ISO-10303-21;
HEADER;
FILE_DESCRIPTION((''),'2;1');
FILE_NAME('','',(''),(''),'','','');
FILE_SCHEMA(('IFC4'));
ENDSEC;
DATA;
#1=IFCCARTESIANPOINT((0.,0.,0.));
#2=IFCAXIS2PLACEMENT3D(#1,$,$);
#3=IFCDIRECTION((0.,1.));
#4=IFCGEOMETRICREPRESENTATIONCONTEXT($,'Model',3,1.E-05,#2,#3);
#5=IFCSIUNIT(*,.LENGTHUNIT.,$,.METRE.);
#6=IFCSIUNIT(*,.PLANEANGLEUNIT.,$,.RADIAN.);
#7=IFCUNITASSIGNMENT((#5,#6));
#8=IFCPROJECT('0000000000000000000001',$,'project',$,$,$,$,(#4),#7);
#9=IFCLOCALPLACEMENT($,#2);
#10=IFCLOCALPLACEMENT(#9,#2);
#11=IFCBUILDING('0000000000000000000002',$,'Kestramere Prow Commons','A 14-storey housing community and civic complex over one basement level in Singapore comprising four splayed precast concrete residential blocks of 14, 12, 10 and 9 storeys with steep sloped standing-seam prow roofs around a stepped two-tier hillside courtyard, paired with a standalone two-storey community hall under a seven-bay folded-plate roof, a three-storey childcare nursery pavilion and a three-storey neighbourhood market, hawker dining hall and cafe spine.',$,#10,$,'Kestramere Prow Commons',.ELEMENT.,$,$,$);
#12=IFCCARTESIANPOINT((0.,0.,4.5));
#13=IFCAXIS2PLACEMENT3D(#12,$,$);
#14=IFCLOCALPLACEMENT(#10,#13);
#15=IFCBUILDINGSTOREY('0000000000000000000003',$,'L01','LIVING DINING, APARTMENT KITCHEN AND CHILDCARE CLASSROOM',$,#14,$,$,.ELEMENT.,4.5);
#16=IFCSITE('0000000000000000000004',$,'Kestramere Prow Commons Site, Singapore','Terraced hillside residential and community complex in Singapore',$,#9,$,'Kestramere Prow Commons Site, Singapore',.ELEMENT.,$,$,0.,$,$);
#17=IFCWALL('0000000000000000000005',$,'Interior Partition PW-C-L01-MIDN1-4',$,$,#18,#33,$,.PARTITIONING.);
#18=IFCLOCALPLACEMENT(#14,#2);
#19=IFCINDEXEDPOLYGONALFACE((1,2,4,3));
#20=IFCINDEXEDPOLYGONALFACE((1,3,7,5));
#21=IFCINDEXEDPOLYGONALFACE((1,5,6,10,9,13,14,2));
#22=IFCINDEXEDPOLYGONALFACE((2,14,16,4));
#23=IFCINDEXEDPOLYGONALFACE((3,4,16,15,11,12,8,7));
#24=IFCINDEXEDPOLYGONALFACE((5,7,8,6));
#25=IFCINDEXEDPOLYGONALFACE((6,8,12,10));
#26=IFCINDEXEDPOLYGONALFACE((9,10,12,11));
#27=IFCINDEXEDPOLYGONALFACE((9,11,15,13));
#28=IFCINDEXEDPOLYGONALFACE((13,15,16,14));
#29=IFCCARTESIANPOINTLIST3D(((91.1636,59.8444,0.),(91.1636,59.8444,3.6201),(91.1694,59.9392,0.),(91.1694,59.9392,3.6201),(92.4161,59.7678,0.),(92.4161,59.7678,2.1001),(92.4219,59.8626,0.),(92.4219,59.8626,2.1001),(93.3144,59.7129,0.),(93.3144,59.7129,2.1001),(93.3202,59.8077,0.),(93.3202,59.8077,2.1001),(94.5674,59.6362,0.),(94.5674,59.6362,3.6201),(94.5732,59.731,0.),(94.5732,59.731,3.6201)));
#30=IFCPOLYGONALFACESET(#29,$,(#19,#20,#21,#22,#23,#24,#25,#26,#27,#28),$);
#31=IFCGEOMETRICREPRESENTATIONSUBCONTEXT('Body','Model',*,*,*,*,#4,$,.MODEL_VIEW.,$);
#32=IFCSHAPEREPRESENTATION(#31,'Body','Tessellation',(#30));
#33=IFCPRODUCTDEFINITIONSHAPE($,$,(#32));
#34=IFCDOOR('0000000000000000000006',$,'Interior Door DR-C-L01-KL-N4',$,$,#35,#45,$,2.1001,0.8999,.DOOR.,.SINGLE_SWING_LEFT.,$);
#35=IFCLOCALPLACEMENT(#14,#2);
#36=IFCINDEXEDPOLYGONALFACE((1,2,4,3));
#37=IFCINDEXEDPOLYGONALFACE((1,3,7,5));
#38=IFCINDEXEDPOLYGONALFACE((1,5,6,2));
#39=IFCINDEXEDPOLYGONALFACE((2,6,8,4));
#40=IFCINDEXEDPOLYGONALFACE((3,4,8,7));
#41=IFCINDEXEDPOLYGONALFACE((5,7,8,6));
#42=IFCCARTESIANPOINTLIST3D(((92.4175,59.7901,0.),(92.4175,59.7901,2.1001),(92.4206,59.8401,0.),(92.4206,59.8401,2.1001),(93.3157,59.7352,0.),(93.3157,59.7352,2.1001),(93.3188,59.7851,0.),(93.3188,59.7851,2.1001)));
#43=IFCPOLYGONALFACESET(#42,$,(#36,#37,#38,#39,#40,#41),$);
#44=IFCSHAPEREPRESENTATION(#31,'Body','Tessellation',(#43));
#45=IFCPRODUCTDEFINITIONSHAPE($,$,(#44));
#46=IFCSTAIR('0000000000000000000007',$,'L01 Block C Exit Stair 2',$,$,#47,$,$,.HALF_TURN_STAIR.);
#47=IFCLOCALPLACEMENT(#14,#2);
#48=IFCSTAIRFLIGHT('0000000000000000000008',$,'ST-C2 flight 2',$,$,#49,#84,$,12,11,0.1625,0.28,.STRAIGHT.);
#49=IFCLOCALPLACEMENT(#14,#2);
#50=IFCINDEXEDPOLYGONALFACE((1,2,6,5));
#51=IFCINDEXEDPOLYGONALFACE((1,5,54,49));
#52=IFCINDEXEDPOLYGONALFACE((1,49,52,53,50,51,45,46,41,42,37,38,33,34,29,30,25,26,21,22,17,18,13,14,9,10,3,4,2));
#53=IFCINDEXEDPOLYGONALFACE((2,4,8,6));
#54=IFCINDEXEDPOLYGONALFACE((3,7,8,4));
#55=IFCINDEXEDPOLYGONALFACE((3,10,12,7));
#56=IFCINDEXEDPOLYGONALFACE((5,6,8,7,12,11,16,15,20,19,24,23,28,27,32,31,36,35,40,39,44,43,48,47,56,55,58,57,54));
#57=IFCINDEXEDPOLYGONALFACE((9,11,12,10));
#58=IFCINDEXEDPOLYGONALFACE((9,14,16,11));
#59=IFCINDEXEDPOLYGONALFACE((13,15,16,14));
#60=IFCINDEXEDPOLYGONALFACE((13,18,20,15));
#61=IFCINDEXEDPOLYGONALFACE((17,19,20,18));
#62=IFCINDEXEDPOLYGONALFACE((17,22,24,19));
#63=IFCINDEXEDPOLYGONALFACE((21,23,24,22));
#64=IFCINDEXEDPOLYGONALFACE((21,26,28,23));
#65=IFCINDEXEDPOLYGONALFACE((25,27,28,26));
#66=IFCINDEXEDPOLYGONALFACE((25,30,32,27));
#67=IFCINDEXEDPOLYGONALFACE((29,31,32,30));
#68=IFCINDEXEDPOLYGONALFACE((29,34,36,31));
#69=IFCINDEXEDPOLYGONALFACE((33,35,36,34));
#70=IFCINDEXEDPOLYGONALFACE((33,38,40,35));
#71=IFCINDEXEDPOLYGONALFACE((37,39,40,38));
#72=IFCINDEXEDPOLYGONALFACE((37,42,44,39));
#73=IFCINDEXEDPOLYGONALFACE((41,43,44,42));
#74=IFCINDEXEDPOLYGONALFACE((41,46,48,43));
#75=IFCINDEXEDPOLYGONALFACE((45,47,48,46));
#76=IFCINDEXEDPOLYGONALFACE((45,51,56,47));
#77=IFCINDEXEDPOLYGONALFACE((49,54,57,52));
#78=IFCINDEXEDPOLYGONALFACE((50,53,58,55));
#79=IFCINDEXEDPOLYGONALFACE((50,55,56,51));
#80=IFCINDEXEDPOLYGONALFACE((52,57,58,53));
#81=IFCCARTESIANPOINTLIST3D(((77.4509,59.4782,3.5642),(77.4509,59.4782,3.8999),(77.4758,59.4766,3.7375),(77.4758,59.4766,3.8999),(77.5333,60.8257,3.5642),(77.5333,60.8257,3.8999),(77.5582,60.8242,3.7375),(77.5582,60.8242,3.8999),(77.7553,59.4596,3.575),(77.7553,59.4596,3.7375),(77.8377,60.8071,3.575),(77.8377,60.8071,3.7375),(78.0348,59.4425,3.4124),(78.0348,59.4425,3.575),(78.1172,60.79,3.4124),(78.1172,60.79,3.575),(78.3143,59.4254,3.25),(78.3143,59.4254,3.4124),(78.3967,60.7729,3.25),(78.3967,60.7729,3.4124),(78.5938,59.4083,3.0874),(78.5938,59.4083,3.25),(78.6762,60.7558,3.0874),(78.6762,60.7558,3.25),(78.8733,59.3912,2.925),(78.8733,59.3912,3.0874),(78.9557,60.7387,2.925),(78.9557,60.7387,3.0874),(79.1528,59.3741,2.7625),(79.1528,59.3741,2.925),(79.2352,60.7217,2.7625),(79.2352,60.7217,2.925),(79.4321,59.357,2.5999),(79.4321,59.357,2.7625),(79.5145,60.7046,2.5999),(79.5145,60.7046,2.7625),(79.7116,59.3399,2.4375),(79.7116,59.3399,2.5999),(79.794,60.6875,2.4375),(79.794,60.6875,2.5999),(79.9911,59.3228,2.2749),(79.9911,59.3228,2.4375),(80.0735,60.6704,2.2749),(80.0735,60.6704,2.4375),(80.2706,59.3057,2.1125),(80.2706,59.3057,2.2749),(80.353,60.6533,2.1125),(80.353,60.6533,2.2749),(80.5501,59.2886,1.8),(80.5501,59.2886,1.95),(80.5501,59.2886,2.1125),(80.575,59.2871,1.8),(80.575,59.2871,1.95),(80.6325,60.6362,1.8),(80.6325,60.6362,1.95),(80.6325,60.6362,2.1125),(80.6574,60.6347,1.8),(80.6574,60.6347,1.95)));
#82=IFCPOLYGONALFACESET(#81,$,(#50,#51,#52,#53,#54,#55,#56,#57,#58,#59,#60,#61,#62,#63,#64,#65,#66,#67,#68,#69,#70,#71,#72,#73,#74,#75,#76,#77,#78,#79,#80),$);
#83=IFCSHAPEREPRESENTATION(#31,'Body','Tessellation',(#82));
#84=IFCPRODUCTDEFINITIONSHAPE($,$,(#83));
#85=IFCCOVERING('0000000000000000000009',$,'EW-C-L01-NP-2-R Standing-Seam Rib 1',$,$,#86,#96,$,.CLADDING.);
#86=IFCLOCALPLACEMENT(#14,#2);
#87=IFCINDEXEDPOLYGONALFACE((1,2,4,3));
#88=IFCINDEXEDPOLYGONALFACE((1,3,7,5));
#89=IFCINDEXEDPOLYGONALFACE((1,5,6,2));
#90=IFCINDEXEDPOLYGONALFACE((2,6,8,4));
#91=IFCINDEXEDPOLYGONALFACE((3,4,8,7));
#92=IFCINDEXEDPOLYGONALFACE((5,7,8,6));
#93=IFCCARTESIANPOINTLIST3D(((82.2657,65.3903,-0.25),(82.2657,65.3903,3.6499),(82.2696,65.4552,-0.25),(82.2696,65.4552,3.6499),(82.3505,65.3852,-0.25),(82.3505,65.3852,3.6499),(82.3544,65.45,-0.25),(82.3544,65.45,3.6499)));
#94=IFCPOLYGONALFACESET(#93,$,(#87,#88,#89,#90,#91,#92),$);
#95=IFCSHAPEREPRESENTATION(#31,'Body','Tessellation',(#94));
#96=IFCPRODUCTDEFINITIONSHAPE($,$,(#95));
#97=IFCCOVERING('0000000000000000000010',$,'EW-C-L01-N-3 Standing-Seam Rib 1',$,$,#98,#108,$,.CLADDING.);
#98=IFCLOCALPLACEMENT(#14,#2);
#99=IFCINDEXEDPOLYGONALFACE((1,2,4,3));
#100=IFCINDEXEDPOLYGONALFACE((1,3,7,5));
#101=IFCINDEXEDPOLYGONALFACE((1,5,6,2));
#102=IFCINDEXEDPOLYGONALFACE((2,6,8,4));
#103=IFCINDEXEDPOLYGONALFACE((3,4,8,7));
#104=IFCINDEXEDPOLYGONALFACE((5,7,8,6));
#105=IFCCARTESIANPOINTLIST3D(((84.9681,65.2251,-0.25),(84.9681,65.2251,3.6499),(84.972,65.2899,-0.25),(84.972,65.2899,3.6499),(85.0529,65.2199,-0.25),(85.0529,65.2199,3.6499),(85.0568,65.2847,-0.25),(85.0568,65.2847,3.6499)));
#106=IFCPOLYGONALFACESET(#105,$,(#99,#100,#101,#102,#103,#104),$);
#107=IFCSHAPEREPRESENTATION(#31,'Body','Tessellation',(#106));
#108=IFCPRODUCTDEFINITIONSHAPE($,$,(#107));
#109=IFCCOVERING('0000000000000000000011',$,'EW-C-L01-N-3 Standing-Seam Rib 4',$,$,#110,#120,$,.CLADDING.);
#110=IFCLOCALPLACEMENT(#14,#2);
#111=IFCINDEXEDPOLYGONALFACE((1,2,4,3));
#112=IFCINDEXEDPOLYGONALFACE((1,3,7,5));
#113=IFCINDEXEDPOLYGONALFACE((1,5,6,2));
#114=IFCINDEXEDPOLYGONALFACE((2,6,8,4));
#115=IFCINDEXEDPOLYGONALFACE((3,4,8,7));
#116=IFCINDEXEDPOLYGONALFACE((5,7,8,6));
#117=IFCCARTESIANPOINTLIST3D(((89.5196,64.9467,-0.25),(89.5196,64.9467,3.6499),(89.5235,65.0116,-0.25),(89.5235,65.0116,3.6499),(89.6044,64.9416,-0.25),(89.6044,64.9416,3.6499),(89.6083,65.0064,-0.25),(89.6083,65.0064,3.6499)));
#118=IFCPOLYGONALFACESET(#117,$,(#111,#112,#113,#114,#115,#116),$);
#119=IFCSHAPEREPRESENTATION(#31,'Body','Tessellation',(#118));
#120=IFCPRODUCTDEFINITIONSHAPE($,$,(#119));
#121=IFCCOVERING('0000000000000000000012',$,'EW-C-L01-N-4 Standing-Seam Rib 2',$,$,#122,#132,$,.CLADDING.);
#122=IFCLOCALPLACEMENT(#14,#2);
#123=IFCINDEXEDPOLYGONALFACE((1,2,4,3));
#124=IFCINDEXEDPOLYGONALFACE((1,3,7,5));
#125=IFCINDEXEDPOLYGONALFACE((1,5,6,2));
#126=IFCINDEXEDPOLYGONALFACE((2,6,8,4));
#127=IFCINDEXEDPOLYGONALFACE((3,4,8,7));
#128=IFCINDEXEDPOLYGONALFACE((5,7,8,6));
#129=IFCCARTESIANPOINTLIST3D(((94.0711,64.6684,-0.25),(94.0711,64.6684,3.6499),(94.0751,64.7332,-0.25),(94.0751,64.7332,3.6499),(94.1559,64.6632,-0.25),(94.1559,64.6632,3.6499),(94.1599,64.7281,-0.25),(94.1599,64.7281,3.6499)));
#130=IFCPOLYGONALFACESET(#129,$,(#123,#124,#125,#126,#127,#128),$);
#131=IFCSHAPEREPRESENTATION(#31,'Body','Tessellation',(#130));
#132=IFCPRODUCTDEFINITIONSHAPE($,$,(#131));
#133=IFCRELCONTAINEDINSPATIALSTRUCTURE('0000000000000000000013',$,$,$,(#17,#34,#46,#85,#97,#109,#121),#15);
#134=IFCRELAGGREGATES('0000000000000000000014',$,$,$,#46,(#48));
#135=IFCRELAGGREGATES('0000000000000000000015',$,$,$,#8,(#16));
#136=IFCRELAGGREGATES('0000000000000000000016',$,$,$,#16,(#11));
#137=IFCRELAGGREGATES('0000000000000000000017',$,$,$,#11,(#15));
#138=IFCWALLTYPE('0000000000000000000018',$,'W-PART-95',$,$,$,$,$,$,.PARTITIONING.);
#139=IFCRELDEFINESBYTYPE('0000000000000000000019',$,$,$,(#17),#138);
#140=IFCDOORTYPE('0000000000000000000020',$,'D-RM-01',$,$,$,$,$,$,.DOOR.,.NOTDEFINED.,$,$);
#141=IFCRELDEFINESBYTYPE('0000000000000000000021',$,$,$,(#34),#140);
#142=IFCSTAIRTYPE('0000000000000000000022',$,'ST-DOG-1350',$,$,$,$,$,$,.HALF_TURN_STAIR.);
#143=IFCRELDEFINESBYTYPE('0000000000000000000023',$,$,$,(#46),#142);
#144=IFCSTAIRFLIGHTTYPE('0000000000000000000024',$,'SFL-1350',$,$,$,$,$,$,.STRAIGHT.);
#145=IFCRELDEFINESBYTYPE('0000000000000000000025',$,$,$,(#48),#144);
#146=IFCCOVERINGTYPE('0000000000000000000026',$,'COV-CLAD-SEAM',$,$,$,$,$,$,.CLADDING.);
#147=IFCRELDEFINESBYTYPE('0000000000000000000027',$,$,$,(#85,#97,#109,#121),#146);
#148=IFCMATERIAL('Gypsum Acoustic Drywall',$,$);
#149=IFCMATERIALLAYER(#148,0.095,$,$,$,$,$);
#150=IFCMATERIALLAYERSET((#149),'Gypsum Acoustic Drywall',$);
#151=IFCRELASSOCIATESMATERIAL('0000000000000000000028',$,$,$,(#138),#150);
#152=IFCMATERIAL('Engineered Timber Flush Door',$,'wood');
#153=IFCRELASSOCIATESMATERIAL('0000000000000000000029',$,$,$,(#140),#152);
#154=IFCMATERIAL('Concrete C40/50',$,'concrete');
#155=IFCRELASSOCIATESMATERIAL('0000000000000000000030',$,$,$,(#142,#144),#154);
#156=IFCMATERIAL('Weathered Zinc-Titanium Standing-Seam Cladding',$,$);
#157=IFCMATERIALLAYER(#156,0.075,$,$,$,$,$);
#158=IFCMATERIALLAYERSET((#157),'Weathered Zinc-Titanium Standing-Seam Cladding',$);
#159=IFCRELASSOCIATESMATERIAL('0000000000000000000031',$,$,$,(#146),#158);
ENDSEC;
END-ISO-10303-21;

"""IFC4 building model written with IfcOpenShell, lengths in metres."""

from ifc_helpers import new_model, si_unit, direction, frame, frame_2d, origin, origin_2d, place, context, subcontext, project, spatial, polyline, rectangle, outline, extrude, material, layer, layer_set, type_object, element, fill, aggregate, save


model = new_model("IFC4")

# Units and contexts
model_context = context("Model", 3, precision=1e-05, world=origin(), true_north=direction((0.0, 1.0)))
body_context = subcontext(model_context, "Body", "Model", "MODEL_VIEW")
ifc_project = project(units=[si_unit("LENGTHUNIT", "METRE"), si_unit("PLANEANGLEUNIT", "RADIAN")], contexts=[model_context])

# Site, building, storey
site_placement = place(None, origin())
site = spatial("IfcSite", under=ifc_project, at=site_placement, Name="Kestramere Prow Commons Site, Singapore", Description="Terraced hillside residential and community complex in Singapore", LongName="Kestramere Prow Commons Site, Singapore", CompositionType="ELEMENT", RefElevation=0.0)
building_placement = place(site_placement, origin())
building = spatial("IfcBuilding", under=site, at=building_placement, Name="Kestramere Prow Commons", Description="A 14-storey housing community and civic complex over one basement level in Singapore comprising four splayed precast concrete residential blocks of 14, 12, 10 and 9 storeys with steep sloped standing-seam prow roofs around a stepped two-tier hillside courtyard, paired with a standalone two-storey community hall under a seven-bay folded-plate roof, a three-storey childcare nursery pavilion and a three-storey neighbourhood market, hawker dining hall and cafe spine.", LongName="Kestramere Prow Commons", CompositionType="ELEMENT")
storey_placement = place(building_placement, frame((0.0, 0.0, 4.5)))
storey = spatial("IfcBuildingStorey", under=building, at=storey_placement, Name="L01", Description="LIVING DINING, APARTMENT KITCHEN AND CHILDCARE CLASSROOM", CompositionType="ELEMENT", Elevation=4.5)

# Shared definitions
ifc_material_1 = material(Name="Concrete C40/50", Category="concrete")

# Wall, opening, door
ifc_material_2 = material(Name="Gypsum Acoustic Drywall")
ifc_layer_1 = layer(ifc_material_2, 0.095)
ifc_layer_set_1 = layer_set([ifc_layer_1], Name="Gypsum Acoustic Drywall")
wall_type_1 = type_object("IfcWallType", Name="W-PART-95", PredefinedType="PARTITIONING", material=ifc_layer_set_1)
wall_1_placement = place(storey_placement, frame((91.1665, 59.8918, 0.0), z_axis=(0.0, 0.0, 1.0), x_axis=(0.998134, -0.061068, 0.0)))
wall_1 = element("IfcWall", 1, at=wall_1_placement, inside=storey, type_object=wall_type_1, Name="Interior Partition PW-C-L01-MIDN1-4", PredefinedType="PARTITIONING", context=body_context, shape_type="SweptSolid", body=[
    extrude(rectangle(XDim=3.4102, YDim=0.095, at=frame_2d((1.7051, 0.0))), origin(), (0.0, 0.0, 1.0), 3.6201),
])
opening_1_placement = place(wall_1_placement, frame((1.2549, 0.0, 0.0)))
opening_1 = element("IfcOpeningElement", 2, at=opening_1_placement, cuts=wall_1, PredefinedType="OPENING", context=body_context, shape_type="SweptSolid", body=[
    extrude(rectangle(XDim=0.8999, YDim=2.1001, at=frame_2d((0.45, 1.05))), frame((0.0, 0.0625, 0.0), z_axis=(0.0, -1.0, 0.0), x_axis=(1.0, 0.0, 0.0)), (0.0, 0.0, 1.0), 0.125),
])
ifc_material_3 = material(Name="Engineered Timber Flush Door", Category="wood")
door_type_1 = type_object("IfcDoorType", Name="D-RM-01", OperationType="NOTDEFINED", PredefinedType="DOOR", material=ifc_material_3)
door_1_placement = place(opening_1_placement, origin())
door_1 = element("IfcDoor", 3, at=door_1_placement, inside=storey, type_object=door_type_1, Name="Interior Door DR-C-L01-KL-N4", OperationType="SINGLE_SWING_LEFT", OverallHeight=2.1001, OverallWidth=0.8999, PredefinedType="DOOR", context=body_context, shape_type="SweptSolid", body=[
    extrude(rectangle(XDim=0.8999, YDim=2.1001, at=frame_2d((0.45, 1.05))), frame((0.0, 0.0249, 0.0), z_axis=(0.0, -1.0, 0.0), x_axis=(1.0, 0.0, 0.0)), (0.0, 0.0, 1.0), 0.05),
])
fill(opening_1, door_1)

# Stair, stair flight
stair_type = type_object("IfcStairType", Name="ST-DOG-1350", PredefinedType="HALF_TURN_STAIR", material=ifc_material_1)
stair_placement = place(storey_placement, origin())
stair = element("IfcStair", 4, at=stair_placement, inside=storey, type_object=stair_type, Name="L01 Block C Exit Stair 2", PredefinedType="HALF_TURN_STAIR")
stair_flight_type = type_object("IfcStairFlightType", Name="SFL-1350", PredefinedType="STRAIGHT", material=ifc_material_1)
stair_flight_placement = place(storey_placement, frame((80.5913, 59.9624, 1.95), z_axis=(0.0, 0.0, 1.0), x_axis=(-0.998135, 0.061049, 0.0)))
stair_flight = element("IfcStairFlight", 5, at=stair_flight_placement, type_object=stair_flight_type, Name="ST-C2 flight 2", NumberOfRisers=12, NumberOfTreads=11, PredefinedType="STRAIGHT", RiserHeight=0.1625, TreadLength=0.28, context=body_context, shape_type="SweptSolid", body=[
    extrude(outline(polyline([(-0.0249, 0.0), (0.0, 0.0), (0.0, 0.1626), (0.28, 0.1626), (0.28, 0.325), (0.5601, 0.325), (0.5601, 0.4875), (0.8401, 0.4875), (0.8401, 0.6499), (1.1201, 0.6499), (1.1201, 0.8125), (1.3999, 0.8125), (1.3999, 0.9751), (1.6799, 0.9751), (1.6799, 1.1375), (1.96, 1.1375), (1.96, 1.3), (2.24, 1.3), (2.24, 1.4624), (2.52, 1.4624), (2.52, 1.625), (2.8, 1.625), (2.8, 1.7876), (3.0801, 1.7876), (3.0801, 1.95), (3.105, 1.95), (3.105, 1.6143), (0.0, -0.1499), (-0.0249, -0.1499), (-0.0249, 0.0)])), frame((0.0, 0.675, 0.0), z_axis=(0.0, -1.0, 0.0), x_axis=(1.0, 0.0, 0.0)), (0.0, 0.0, 1.0), 1.3501),
])
aggregate(stair, [stair_flight])

# Coverings
ifc_material_4 = material(Name="Weathered Zinc-Titanium Standing-Seam Cladding")
ifc_layer_2 = layer(ifc_material_4, 0.075)
ifc_layer_set_2 = layer_set([ifc_layer_2], Name="Weathered Zinc-Titanium Standing-Seam Cladding")
covering_type = type_object("IfcCoveringType", Name="COV-CLAD-SEAM", PredefinedType="CLADDING", material=ifc_layer_set_2)
for number, where, z_axis, x_axis, name in (
    (6, (82.3101, 65.4202, -0.25), (0.0, 0.0, 1.0), (0.998135, -0.061049, 0.0), "EW-C-L01-NP-2-R Standing-Seam Rib 1"),
    (7, (85.0125, 65.2549, -0.25), (0.0, 0.0, 1.0), (0.998135, -0.061049, 0.0), "EW-C-L01-N-3 Standing-Seam Rib 1"),
    (8, (89.564, 64.9766, -0.25), (0.0, 0.0, 1.0), (0.998135, -0.061049, 0.0), "EW-C-L01-N-3 Standing-Seam Rib 4"),
    (9, (94.1155, 64.6982, -0.25), (0.0, 0.0, 1.0), (0.998135, -0.061049, 0.0), "EW-C-L01-N-4 Standing-Seam Rib 2"),
):
    element("IfcCovering", number, at=place(storey_placement, frame(where, z_axis=z_axis, x_axis=x_axis)), inside=storey, type_object=covering_type, Name=name, PredefinedType="CLADDING", context=body_context, shape_type="SweptSolid", body=[
        extrude(rectangle(XDim=0.085, YDim=0.0649, at=origin_2d()), origin(), (0.0, 0.0, 1.0), 3.8999),
    ])

save(model, "model.ifc")
